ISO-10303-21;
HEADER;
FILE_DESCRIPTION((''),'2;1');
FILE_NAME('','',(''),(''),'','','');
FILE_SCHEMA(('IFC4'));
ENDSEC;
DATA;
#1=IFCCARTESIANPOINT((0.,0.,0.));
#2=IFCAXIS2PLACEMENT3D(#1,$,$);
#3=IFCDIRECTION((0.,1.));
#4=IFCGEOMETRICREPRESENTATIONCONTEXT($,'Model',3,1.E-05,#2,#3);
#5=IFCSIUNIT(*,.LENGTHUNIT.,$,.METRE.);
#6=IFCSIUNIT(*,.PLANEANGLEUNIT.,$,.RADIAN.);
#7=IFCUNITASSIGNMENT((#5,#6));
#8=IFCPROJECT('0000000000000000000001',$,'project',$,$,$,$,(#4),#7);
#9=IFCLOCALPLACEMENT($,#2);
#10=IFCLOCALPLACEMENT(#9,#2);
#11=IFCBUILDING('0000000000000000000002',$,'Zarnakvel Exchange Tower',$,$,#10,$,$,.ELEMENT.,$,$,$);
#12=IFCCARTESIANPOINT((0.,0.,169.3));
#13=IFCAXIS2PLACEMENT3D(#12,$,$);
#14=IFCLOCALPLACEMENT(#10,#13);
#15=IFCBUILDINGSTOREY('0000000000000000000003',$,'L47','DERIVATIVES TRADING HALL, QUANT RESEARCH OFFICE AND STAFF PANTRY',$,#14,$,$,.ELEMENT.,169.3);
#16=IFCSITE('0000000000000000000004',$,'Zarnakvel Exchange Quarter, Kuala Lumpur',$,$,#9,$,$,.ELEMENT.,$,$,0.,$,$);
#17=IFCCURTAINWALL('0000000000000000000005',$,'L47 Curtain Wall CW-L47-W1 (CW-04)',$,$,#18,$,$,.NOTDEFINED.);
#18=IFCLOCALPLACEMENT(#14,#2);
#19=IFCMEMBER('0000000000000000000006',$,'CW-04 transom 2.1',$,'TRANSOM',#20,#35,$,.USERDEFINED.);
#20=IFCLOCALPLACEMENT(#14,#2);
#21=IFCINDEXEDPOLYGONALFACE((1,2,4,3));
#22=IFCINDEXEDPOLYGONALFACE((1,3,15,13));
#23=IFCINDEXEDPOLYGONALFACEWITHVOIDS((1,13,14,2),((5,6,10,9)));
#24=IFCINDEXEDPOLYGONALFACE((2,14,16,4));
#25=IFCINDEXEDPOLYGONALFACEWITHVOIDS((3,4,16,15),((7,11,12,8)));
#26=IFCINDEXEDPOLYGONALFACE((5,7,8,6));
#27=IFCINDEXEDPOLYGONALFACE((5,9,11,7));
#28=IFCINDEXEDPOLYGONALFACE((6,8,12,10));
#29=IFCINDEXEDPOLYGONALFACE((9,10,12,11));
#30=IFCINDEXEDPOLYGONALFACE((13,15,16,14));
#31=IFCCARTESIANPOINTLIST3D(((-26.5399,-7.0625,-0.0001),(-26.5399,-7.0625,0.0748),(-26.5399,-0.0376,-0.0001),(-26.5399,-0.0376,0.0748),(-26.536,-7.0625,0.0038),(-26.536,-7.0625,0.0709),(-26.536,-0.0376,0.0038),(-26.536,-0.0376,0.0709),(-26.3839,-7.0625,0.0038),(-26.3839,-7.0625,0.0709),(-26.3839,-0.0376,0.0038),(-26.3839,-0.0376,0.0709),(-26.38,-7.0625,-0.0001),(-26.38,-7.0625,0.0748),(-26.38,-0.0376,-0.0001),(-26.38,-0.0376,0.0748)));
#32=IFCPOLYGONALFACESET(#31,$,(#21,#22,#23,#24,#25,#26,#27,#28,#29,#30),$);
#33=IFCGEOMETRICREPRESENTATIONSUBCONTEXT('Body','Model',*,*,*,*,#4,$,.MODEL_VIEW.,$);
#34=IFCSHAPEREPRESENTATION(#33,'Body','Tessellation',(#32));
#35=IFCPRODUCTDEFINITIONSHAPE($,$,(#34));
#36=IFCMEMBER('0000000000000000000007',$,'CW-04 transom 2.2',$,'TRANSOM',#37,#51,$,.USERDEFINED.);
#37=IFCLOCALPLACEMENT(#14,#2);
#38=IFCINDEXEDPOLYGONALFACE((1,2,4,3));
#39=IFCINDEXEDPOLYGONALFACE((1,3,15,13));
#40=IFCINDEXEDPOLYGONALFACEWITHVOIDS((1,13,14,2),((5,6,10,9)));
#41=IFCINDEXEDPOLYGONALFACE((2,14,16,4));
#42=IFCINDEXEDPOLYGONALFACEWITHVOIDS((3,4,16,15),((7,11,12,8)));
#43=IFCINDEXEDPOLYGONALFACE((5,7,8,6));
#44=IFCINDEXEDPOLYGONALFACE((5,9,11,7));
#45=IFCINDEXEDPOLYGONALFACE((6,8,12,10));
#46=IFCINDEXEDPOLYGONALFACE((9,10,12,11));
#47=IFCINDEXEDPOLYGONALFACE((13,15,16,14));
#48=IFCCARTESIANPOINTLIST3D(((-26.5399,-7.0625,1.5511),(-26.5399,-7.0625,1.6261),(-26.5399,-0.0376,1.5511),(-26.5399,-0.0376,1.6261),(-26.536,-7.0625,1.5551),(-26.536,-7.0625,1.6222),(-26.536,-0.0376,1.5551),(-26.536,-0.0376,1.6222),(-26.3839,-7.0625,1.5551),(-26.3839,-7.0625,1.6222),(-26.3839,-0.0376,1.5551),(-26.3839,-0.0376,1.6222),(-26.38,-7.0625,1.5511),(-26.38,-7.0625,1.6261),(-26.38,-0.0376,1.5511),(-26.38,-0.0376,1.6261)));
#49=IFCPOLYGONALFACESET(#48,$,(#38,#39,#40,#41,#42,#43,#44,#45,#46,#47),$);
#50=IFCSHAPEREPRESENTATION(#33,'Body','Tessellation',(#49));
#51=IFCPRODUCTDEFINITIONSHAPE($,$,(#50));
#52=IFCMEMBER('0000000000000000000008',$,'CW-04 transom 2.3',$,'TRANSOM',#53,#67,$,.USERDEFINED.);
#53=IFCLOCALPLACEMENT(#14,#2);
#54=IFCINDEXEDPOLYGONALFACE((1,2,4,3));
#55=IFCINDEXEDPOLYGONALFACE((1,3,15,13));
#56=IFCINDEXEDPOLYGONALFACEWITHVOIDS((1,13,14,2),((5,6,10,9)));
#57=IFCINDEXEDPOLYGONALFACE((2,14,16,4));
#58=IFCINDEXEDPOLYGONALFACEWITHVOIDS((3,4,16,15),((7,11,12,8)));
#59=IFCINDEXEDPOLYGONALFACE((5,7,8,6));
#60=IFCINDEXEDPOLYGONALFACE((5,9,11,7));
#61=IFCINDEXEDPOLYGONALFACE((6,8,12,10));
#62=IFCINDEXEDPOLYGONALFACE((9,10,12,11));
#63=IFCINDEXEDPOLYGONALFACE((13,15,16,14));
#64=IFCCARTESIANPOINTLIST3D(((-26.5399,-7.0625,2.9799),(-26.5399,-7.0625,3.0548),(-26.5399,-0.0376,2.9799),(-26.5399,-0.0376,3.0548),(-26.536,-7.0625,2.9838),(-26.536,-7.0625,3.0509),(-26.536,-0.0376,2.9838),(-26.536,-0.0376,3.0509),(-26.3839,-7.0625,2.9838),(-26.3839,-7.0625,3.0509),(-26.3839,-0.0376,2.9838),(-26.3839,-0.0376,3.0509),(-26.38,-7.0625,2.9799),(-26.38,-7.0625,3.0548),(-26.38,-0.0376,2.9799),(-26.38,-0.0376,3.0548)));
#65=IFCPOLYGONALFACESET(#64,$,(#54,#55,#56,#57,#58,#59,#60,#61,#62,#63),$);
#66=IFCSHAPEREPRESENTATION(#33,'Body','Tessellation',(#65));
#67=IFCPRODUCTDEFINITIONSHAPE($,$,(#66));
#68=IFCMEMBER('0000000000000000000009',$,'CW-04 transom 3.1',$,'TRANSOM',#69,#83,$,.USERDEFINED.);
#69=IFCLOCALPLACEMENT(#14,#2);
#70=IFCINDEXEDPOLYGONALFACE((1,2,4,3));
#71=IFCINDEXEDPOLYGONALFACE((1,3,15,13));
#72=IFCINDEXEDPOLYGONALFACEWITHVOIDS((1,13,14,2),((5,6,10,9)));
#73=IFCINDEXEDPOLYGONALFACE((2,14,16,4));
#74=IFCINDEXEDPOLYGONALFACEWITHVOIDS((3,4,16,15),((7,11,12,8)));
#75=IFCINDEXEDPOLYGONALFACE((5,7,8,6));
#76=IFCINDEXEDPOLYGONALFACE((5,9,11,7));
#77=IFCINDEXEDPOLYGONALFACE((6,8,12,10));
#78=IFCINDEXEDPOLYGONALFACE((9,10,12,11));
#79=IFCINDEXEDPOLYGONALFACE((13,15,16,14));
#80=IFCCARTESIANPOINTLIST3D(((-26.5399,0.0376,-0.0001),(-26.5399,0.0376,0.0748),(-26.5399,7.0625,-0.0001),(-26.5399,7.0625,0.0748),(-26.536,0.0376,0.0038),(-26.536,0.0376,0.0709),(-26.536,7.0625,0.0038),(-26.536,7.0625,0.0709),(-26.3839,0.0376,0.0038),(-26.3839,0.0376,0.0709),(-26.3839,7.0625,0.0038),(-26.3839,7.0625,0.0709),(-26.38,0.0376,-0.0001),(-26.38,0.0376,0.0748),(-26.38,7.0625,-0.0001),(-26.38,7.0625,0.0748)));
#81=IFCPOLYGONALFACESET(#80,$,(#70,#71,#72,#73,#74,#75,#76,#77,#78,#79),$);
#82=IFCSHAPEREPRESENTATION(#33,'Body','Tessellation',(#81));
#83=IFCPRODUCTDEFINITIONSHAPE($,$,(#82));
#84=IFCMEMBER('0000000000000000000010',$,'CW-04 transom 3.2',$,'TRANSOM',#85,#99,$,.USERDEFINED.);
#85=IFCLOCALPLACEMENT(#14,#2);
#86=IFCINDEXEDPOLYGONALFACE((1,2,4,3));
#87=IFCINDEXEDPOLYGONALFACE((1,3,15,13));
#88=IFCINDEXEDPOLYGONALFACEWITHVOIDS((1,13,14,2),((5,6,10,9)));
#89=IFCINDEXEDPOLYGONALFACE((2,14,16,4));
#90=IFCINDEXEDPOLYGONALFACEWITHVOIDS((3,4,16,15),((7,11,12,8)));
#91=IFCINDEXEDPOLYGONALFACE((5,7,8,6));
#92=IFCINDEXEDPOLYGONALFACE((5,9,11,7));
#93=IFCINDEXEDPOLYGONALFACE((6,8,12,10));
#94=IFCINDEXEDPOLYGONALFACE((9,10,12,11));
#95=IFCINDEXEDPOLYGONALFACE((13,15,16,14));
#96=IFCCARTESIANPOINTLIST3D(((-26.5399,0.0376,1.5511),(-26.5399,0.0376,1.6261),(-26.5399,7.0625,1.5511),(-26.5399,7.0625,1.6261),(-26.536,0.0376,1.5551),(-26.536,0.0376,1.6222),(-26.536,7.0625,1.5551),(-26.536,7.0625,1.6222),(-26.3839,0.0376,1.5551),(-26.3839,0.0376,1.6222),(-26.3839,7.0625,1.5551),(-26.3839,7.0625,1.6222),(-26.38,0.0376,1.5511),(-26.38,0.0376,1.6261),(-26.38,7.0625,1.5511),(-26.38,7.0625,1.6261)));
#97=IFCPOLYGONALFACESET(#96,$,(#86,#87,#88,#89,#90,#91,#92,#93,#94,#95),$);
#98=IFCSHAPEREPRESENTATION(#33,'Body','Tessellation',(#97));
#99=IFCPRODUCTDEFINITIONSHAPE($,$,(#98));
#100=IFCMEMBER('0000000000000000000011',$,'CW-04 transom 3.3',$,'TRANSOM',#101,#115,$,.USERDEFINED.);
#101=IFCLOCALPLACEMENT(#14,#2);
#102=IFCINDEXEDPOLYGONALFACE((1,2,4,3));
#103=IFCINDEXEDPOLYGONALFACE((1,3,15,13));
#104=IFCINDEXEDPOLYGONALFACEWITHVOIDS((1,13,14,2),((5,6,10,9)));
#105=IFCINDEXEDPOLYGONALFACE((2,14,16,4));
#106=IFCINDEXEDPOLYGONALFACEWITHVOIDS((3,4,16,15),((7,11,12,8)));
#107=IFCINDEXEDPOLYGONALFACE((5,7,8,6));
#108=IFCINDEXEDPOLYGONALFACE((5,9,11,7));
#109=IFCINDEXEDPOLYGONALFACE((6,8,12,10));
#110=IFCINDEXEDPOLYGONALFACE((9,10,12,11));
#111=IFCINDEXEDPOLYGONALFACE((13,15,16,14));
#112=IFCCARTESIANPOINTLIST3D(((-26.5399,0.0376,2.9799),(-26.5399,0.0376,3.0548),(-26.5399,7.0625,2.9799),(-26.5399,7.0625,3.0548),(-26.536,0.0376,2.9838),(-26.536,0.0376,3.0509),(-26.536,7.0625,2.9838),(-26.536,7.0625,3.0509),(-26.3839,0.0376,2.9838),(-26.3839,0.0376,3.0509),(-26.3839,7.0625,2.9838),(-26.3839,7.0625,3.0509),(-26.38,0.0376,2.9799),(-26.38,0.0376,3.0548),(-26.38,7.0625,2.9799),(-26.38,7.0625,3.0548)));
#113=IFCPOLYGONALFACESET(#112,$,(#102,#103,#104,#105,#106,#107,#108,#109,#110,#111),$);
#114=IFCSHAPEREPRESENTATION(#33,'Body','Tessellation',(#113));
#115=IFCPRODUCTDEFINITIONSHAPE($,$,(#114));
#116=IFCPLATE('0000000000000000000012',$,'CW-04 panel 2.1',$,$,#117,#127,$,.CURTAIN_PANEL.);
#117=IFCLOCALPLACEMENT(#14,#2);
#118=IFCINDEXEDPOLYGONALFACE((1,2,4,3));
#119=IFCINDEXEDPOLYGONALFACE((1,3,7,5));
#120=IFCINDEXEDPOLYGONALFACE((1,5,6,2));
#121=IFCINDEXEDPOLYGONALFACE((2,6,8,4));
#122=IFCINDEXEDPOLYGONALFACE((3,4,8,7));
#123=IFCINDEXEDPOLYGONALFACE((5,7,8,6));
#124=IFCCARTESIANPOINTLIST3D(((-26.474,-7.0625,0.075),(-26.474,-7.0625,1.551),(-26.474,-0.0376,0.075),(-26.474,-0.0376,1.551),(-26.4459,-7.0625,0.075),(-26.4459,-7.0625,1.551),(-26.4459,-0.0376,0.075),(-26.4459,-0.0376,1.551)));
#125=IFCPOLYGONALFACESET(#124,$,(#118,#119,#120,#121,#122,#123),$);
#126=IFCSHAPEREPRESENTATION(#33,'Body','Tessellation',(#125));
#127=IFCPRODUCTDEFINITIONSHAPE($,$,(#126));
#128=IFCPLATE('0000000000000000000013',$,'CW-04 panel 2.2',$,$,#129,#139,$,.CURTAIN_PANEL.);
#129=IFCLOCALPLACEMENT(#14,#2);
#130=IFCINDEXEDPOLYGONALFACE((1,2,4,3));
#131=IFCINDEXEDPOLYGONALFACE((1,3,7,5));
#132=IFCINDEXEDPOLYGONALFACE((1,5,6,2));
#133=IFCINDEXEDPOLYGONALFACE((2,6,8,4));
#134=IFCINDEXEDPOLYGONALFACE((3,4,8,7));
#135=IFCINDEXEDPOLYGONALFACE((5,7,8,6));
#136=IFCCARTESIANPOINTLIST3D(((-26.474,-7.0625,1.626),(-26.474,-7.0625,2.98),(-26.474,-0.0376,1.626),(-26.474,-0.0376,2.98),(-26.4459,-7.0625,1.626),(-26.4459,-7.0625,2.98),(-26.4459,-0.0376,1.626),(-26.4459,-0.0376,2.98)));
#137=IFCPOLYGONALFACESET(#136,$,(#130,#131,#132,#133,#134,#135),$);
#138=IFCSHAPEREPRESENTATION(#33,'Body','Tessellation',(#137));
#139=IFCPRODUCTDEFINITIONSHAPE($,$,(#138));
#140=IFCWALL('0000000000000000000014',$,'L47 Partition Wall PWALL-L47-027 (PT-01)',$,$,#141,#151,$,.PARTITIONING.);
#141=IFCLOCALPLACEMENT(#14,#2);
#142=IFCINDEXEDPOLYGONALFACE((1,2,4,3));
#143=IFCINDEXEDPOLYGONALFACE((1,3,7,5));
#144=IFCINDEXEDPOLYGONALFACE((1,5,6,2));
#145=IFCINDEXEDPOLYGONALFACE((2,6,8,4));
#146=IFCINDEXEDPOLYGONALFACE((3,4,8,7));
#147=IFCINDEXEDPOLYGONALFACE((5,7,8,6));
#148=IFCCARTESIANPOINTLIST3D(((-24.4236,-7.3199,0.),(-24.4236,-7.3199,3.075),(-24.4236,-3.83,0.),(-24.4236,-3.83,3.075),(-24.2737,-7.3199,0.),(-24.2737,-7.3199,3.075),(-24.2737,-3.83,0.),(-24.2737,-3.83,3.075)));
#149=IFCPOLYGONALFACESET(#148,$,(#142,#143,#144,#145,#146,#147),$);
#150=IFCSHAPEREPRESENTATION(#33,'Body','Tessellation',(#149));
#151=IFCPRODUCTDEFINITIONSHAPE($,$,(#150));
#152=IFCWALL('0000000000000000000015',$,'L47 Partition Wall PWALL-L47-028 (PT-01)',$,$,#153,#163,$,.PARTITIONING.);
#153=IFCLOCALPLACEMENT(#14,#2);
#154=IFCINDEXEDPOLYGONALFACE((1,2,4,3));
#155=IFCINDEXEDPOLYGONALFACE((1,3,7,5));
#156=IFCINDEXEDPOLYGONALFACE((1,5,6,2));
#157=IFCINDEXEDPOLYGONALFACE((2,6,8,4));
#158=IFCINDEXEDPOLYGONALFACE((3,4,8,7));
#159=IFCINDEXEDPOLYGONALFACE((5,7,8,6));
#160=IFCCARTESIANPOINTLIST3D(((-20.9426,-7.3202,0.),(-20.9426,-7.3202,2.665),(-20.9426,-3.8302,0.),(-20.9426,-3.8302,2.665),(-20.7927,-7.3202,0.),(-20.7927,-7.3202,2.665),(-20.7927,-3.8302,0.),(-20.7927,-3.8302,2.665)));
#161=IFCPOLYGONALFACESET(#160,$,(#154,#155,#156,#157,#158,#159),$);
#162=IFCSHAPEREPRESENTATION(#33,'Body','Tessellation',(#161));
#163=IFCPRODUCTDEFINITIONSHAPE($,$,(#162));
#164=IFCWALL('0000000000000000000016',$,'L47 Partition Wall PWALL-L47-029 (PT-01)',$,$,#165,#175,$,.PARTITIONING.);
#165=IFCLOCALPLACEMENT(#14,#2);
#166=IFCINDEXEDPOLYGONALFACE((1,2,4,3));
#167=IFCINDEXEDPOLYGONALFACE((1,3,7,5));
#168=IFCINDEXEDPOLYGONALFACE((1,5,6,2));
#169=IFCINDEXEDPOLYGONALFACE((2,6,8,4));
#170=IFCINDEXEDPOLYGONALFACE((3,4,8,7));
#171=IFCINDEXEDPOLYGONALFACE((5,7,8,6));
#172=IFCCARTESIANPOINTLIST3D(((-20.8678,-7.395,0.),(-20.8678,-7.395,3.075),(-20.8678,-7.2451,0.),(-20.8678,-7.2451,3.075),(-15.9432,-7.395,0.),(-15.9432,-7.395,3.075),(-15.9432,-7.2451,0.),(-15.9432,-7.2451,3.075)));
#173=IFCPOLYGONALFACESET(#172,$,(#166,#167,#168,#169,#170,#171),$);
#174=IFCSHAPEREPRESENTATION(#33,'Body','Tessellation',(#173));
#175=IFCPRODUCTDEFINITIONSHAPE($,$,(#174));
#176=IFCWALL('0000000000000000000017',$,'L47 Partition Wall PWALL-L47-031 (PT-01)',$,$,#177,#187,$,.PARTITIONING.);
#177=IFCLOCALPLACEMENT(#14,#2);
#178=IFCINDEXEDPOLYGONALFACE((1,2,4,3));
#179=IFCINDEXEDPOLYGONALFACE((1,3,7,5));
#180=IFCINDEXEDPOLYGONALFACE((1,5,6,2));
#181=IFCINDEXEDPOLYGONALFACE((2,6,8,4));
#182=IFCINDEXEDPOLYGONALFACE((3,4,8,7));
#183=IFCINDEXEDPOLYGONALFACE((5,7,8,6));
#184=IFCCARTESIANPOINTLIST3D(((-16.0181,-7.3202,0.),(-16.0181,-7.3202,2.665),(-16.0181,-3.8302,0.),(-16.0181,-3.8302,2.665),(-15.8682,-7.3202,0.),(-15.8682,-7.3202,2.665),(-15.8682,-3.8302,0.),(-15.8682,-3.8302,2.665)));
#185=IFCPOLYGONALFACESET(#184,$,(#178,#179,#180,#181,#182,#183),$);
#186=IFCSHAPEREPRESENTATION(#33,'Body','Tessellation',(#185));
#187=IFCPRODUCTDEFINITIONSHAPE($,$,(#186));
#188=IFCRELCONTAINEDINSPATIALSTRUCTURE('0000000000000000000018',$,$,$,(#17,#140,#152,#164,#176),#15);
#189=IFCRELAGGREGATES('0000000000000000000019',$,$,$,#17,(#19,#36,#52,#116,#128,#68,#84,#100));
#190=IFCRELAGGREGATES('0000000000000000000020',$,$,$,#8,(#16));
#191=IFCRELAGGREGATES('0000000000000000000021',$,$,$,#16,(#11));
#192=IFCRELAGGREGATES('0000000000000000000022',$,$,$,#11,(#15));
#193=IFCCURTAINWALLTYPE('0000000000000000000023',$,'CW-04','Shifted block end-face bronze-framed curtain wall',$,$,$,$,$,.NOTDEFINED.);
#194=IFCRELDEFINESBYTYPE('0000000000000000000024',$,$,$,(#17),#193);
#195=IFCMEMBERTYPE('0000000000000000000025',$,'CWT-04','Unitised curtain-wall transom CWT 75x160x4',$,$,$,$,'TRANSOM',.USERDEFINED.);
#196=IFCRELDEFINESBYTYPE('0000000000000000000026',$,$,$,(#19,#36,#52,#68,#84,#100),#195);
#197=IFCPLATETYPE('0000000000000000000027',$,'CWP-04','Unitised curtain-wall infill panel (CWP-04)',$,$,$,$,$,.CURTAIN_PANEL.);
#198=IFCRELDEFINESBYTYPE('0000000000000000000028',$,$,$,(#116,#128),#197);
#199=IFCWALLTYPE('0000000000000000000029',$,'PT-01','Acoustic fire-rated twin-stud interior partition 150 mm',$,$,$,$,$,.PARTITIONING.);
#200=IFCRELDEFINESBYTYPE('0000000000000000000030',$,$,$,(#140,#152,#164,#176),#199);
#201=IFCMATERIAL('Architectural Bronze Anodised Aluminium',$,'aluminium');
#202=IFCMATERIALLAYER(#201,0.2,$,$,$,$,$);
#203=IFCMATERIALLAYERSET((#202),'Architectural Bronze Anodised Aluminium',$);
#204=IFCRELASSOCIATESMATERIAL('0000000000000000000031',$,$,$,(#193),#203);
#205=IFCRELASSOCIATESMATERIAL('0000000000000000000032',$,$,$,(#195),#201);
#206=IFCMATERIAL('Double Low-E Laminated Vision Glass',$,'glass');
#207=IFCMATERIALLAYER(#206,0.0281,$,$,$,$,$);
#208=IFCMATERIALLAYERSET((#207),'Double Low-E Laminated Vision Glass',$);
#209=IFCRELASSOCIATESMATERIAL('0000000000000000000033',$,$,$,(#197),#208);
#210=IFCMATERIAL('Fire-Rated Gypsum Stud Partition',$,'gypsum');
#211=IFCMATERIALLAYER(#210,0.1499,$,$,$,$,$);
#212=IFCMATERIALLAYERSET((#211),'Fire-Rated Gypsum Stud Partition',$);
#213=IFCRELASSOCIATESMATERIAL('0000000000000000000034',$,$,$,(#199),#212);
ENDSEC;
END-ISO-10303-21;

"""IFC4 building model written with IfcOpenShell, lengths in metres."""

from ifc_helpers import new_model, si_unit, direction, frame, frame_2d, origin, origin_2d, place, context, subcontext, project, spatial, rectangle, hollow_rectangle, extrude, source, transform, mapped, material, layer, layer_set, material_profile, profile_set, type_object, element, aggregate, save


model = new_model("IFC4")

# Units and contexts
model_context = context("Model", 3, precision=1e-05, world=origin(), true_north=direction((0.0, 1.0)))
body_context = subcontext(model_context, "Body", "Model", "MODEL_VIEW")
ifc_project = project(units=[si_unit("LENGTHUNIT", "METRE"), si_unit("PLANEANGLEUNIT", "RADIAN")], contexts=[model_context])

# Site, building, storey
site_placement = place(None, origin())
site = spatial("IfcSite", under=ifc_project, at=site_placement, Name="Zarnakvel Exchange Quarter, Kuala Lumpur", CompositionType="ELEMENT", RefElevation=0.0)
building_placement = place(site_placement, origin())
building = spatial("IfcBuilding", under=site, at=building_placement, Name="Zarnakvel Exchange Tower", CompositionType="ELEMENT")
storey_placement = place(building_placement, frame((0.0, 0.0, 169.3)))
storey = spatial("IfcBuildingStorey", under=building, at=storey_placement, Name="L47", Description="DERIVATIVES TRADING HALL, QUANT RESEARCH OFFICE AND STAFF PANTRY", CompositionType="ELEMENT", Elevation=169.3)

# Curtain wall, members, plates
ifc_material_1 = material(Name="Architectural Bronze Anodised Aluminium", Category="aluminium")
ifc_layer_1 = layer(ifc_material_1, 0.2)
ifc_layer_set_1 = layer_set([ifc_layer_1], Name="Architectural Bronze Anodised Aluminium")
curtain_wall_type = type_object("IfcCurtainWallType", Name="CW-04", Description="Shifted block end-face bronze-framed curtain wall", PredefinedType="NOTDEFINED", material=ifc_layer_set_1)
curtain_wall_placement = place(storey_placement, origin())
curtain_wall = element("IfcCurtainWall", 1, at=curtain_wall_placement, inside=storey, type_object=curtain_wall_type, Name="L47 Curtain Wall CW-L47-W1 (CW-04)", PredefinedType="NOTDEFINED")
ifc_material_profile_1 = material_profile(ifc_material_1, hollow_rectangle(XDim=0.1599, YDim=0.075, WallThickness=0.0039, at=origin_2d()))
ifc_profile_set_1 = profile_set([ifc_material_profile_1], Name="Architectural Bronze Anodised Aluminium")
member_type_1 = type_object("IfcMemberType", Name="CWT-04", Description="Unitised curtain-wall transom CWT 75x160x4", ElementType="TRANSOM", PredefinedType="USERDEFINED", material=ifc_profile_set_1)
shared_shape_1 = source(origin(), body_context, "Body", "SweptSolid", [
    extrude(hollow_rectangle(XDim=0.1599, YDim=0.075, WallThickness=0.0039, at=origin_2d()), origin(), (0.0, 0.0, 1.0), 7.0249),
])
member_1_placement = place(storey_placement, frame((-26.46, -7.0625, 0.0374), z_axis=(0.0, 1.0, 0.0), x_axis=(-1.0, 0.0, 0.0)))
member_1 = element("IfcMember", 2, at=member_1_placement, type_object=member_type_1, Name="CW-04 transom 2.1", ObjectType="TRANSOM", PredefinedType="USERDEFINED", context=body_context, shape_type="MappedRepresentation", body=[
    mapped(shared_shape_1, transform((0.0, 0.0, 0.0), x_axis=(1.0, 0.0, 0.0), y_axis=(0.0, 1.0, 0.0), z_axis=(0.0, 0.0, 1.0), scale=1.0)),
])
member_2_placement = place(storey_placement, frame((-26.46, -7.0625, 1.5886), z_axis=(0.0, 1.0, 0.0), x_axis=(-1.0, 0.0, 0.0)))
member_2 = element("IfcMember", 3, at=member_2_placement, type_object=member_type_1, Name="CW-04 transom 2.2", ObjectType="TRANSOM", PredefinedType="USERDEFINED", context=body_context, shape_type="MappedRepresentation", body=[
    mapped(shared_shape_1, transform((0.0, 0.0, 0.0), x_axis=(1.0, 0.0, 0.0), y_axis=(0.0, 1.0, 0.0), z_axis=(0.0, 0.0, 1.0), scale=1.0)),
])
member_3_placement = place(storey_placement, frame((-26.46, -7.0625, 3.0173), z_axis=(0.0, 1.0, 0.0), x_axis=(-1.0, 0.0, 0.0)))
member_3 = element("IfcMember", 4, at=member_3_placement, type_object=member_type_1, Name="CW-04 transom 2.3", ObjectType="TRANSOM", PredefinedType="USERDEFINED", context=body_context, shape_type="MappedRepresentation", body=[
    mapped(shared_shape_1, transform((0.0, 0.0, 0.0), x_axis=(1.0, 0.0, 0.0), y_axis=(0.0, 1.0, 0.0), z_axis=(0.0, 0.0, 1.0), scale=1.0)),
])
member_4_placement = place(storey_placement, frame((-26.46, 0.0376, 0.0374), z_axis=(0.0, 1.0, 0.0), x_axis=(-1.0, 0.0, 0.0)))
member_4 = element("IfcMember", 5, at=member_4_placement, type_object=member_type_1, Name="CW-04 transom 3.1", ObjectType="TRANSOM", PredefinedType="USERDEFINED", context=body_context, shape_type="MappedRepresentation", body=[
    mapped(shared_shape_1, transform((0.0, 0.0, 0.0), x_axis=(1.0, 0.0, 0.0), y_axis=(0.0, 1.0, 0.0), z_axis=(0.0, 0.0, 1.0), scale=1.0)),
])
member_5_placement = place(storey_placement, frame((-26.46, 0.0376, 1.5886), z_axis=(0.0, 1.0, 0.0), x_axis=(-1.0, 0.0, 0.0)))
member_5 = element("IfcMember", 6, at=member_5_placement, type_object=member_type_1, Name="CW-04 transom 3.2", ObjectType="TRANSOM", PredefinedType="USERDEFINED", context=body_context, shape_type="MappedRepresentation", body=[
    mapped(shared_shape_1, transform((0.0, 0.0, 0.0), x_axis=(1.0, 0.0, 0.0), y_axis=(0.0, 1.0, 0.0), z_axis=(0.0, 0.0, 1.0), scale=1.0)),
])
member_6_placement = place(storey_placement, frame((-26.46, 0.0376, 3.0173), z_axis=(0.0, 1.0, 0.0), x_axis=(-1.0, 0.0, 0.0)))
member_6 = element("IfcMember", 7, at=member_6_placement, type_object=member_type_1, Name="CW-04 transom 3.3", ObjectType="TRANSOM", PredefinedType="USERDEFINED", context=body_context, shape_type="MappedRepresentation", body=[
    mapped(shared_shape_1, transform((0.0, 0.0, 0.0), x_axis=(1.0, 0.0, 0.0), y_axis=(0.0, 1.0, 0.0), z_axis=(0.0, 0.0, 1.0), scale=1.0)),
])
ifc_material_2 = material(Name="Double Low-E Laminated Vision Glass", Category="glass")
ifc_layer_2 = layer(ifc_material_2, 0.0281)
ifc_layer_set_2 = layer_set([ifc_layer_2], Name="Double Low-E Laminated Vision Glass")
plate_type = type_object("IfcPlateType", Name="CWP-04", Description="Unitised curtain-wall infill panel (CWP-04)", PredefinedType="CURTAIN_PANEL", material=ifc_layer_set_2)
shared_shape_2 = source(origin(), body_context, "Body", "SweptSolid", [
    extrude(rectangle(XDim=7.0249, YDim=0.0281, at=origin_2d()), origin(), (0.0, 0.0, 1.0), 1.4761),
])
plate_1_placement = place(storey_placement, frame((-26.46, -3.55, 0.075), z_axis=(0.0, 0.0, 1.0), x_axis=(0.0, 1.0, 0.0)))
plate_1 = element("IfcPlate", 8, at=plate_1_placement, type_object=plate_type, Name="CW-04 panel 2.1", PredefinedType="CURTAIN_PANEL", context=body_context, shape_type="MappedRepresentation", body=[
    mapped(shared_shape_2, transform((0.0, 0.0, 0.0), x_axis=(1.0, 0.0, 0.0), y_axis=(0.0, 1.0, 0.0), z_axis=(0.0, 0.0, 1.0), scale=1.0)),
])
shared_shape_3 = source(origin(), body_context, "Body", "SweptSolid", [
    extrude(rectangle(XDim=7.0249, YDim=0.0281, at=origin_2d()), origin(), (0.0, 0.0, 1.0), 1.354),
])
plate_2_placement = place(storey_placement, frame((-26.46, -3.55, 1.626), z_axis=(0.0, 0.0, 1.0), x_axis=(0.0, 1.0, 0.0)))
plate_2 = element("IfcPlate", 9, at=plate_2_placement, type_object=plate_type, Name="CW-04 panel 2.2", PredefinedType="CURTAIN_PANEL", context=body_context, shape_type="MappedRepresentation", body=[
    mapped(shared_shape_3, transform((0.0, 0.0, 0.0), x_axis=(1.0, 0.0, 0.0), y_axis=(0.0, 1.0, 0.0), z_axis=(0.0, 0.0, 1.0), scale=1.0)),
])
aggregate(curtain_wall, [member_1, member_2, member_3, plate_1, plate_2, member_4, member_5, member_6])

# Shared definitions
ifc_material_3 = material(Name="Fire-Rated Gypsum Stud Partition", Category="gypsum")
ifc_layer_3 = layer(ifc_material_3, 0.1499)
ifc_layer_set_3 = layer_set([ifc_layer_3], Name="Fire-Rated Gypsum Stud Partition")
wall_type = type_object("IfcWallType", Name="PT-01", Description="Acoustic fire-rated twin-stud interior partition 150 mm", PredefinedType="PARTITIONING", material=ifc_layer_set_3)

# Walls
wall_1_placement = place(storey_placement, frame((-24.3486, -7.3201, 0.0), z_axis=(0.0, 0.0, 1.0), x_axis=(0.0, 1.0, 0.0)))
element("IfcWall", 10, at=wall_1_placement, inside=storey, type_object=wall_type, Name="L47 Partition Wall PWALL-L47-027 (PT-01)", PredefinedType="PARTITIONING", context=body_context, shape_type="SweptSolid", body=[
    extrude(rectangle(XDim=3.49, YDim=0.1499, at=frame_2d((1.7451, 0.0))), origin(), (0.0, 0.0, 1.0), 3.075),
])
wall_2_placement = place(storey_placement, frame((-20.8677, -3.8301, 0.0), z_axis=(0.0, 0.0, 1.0), x_axis=(0.0, -1.0, 0.0)))
element("IfcWall", 11, at=wall_2_placement, inside=storey, type_object=wall_type, Name="L47 Partition Wall PWALL-L47-028 (PT-01)", PredefinedType="PARTITIONING", context=body_context, shape_type="SweptSolid", body=[
    extrude(rectangle(XDim=3.49, YDim=0.1499, at=frame_2d((1.7451, 0.0))), origin(), (0.0, 0.0, 1.0), 2.665),
])
wall_3_placement = place(storey_placement, frame((-15.9431, -7.3201, 0.0), z_axis=(0.0, 0.0, 1.0), x_axis=(-1.0, 0.0, 0.0)))
element("IfcWall", 12, at=wall_3_placement, inside=storey, type_object=wall_type, Name="L47 Partition Wall PWALL-L47-029 (PT-01)", PredefinedType="PARTITIONING", context=body_context, shape_type="SweptSolid", body=[
    extrude(rectangle(XDim=4.9246, YDim=0.1499, at=frame_2d((2.4624, 0.0))), origin(), (0.0, 0.0, 1.0), 3.075),
])

# Wall
wall_4_placement = place(storey_placement, frame((-15.9431, -3.8301, 0.0), z_axis=(0.0, 0.0, 1.0), x_axis=(0.0, -1.0, 0.0)))
element("IfcWall", 13, at=wall_4_placement, inside=storey, type_object=wall_type, Name="L47 Partition Wall PWALL-L47-031 (PT-01)", PredefinedType="PARTITIONING", context=body_context, shape_type="SweptSolid", body=[
    extrude(rectangle(XDim=3.49, YDim=0.1499, at=frame_2d((1.7451, 0.0))), origin(), (0.0, 0.0, 1.0), 2.665),
])

save(model, "model.ifc")
